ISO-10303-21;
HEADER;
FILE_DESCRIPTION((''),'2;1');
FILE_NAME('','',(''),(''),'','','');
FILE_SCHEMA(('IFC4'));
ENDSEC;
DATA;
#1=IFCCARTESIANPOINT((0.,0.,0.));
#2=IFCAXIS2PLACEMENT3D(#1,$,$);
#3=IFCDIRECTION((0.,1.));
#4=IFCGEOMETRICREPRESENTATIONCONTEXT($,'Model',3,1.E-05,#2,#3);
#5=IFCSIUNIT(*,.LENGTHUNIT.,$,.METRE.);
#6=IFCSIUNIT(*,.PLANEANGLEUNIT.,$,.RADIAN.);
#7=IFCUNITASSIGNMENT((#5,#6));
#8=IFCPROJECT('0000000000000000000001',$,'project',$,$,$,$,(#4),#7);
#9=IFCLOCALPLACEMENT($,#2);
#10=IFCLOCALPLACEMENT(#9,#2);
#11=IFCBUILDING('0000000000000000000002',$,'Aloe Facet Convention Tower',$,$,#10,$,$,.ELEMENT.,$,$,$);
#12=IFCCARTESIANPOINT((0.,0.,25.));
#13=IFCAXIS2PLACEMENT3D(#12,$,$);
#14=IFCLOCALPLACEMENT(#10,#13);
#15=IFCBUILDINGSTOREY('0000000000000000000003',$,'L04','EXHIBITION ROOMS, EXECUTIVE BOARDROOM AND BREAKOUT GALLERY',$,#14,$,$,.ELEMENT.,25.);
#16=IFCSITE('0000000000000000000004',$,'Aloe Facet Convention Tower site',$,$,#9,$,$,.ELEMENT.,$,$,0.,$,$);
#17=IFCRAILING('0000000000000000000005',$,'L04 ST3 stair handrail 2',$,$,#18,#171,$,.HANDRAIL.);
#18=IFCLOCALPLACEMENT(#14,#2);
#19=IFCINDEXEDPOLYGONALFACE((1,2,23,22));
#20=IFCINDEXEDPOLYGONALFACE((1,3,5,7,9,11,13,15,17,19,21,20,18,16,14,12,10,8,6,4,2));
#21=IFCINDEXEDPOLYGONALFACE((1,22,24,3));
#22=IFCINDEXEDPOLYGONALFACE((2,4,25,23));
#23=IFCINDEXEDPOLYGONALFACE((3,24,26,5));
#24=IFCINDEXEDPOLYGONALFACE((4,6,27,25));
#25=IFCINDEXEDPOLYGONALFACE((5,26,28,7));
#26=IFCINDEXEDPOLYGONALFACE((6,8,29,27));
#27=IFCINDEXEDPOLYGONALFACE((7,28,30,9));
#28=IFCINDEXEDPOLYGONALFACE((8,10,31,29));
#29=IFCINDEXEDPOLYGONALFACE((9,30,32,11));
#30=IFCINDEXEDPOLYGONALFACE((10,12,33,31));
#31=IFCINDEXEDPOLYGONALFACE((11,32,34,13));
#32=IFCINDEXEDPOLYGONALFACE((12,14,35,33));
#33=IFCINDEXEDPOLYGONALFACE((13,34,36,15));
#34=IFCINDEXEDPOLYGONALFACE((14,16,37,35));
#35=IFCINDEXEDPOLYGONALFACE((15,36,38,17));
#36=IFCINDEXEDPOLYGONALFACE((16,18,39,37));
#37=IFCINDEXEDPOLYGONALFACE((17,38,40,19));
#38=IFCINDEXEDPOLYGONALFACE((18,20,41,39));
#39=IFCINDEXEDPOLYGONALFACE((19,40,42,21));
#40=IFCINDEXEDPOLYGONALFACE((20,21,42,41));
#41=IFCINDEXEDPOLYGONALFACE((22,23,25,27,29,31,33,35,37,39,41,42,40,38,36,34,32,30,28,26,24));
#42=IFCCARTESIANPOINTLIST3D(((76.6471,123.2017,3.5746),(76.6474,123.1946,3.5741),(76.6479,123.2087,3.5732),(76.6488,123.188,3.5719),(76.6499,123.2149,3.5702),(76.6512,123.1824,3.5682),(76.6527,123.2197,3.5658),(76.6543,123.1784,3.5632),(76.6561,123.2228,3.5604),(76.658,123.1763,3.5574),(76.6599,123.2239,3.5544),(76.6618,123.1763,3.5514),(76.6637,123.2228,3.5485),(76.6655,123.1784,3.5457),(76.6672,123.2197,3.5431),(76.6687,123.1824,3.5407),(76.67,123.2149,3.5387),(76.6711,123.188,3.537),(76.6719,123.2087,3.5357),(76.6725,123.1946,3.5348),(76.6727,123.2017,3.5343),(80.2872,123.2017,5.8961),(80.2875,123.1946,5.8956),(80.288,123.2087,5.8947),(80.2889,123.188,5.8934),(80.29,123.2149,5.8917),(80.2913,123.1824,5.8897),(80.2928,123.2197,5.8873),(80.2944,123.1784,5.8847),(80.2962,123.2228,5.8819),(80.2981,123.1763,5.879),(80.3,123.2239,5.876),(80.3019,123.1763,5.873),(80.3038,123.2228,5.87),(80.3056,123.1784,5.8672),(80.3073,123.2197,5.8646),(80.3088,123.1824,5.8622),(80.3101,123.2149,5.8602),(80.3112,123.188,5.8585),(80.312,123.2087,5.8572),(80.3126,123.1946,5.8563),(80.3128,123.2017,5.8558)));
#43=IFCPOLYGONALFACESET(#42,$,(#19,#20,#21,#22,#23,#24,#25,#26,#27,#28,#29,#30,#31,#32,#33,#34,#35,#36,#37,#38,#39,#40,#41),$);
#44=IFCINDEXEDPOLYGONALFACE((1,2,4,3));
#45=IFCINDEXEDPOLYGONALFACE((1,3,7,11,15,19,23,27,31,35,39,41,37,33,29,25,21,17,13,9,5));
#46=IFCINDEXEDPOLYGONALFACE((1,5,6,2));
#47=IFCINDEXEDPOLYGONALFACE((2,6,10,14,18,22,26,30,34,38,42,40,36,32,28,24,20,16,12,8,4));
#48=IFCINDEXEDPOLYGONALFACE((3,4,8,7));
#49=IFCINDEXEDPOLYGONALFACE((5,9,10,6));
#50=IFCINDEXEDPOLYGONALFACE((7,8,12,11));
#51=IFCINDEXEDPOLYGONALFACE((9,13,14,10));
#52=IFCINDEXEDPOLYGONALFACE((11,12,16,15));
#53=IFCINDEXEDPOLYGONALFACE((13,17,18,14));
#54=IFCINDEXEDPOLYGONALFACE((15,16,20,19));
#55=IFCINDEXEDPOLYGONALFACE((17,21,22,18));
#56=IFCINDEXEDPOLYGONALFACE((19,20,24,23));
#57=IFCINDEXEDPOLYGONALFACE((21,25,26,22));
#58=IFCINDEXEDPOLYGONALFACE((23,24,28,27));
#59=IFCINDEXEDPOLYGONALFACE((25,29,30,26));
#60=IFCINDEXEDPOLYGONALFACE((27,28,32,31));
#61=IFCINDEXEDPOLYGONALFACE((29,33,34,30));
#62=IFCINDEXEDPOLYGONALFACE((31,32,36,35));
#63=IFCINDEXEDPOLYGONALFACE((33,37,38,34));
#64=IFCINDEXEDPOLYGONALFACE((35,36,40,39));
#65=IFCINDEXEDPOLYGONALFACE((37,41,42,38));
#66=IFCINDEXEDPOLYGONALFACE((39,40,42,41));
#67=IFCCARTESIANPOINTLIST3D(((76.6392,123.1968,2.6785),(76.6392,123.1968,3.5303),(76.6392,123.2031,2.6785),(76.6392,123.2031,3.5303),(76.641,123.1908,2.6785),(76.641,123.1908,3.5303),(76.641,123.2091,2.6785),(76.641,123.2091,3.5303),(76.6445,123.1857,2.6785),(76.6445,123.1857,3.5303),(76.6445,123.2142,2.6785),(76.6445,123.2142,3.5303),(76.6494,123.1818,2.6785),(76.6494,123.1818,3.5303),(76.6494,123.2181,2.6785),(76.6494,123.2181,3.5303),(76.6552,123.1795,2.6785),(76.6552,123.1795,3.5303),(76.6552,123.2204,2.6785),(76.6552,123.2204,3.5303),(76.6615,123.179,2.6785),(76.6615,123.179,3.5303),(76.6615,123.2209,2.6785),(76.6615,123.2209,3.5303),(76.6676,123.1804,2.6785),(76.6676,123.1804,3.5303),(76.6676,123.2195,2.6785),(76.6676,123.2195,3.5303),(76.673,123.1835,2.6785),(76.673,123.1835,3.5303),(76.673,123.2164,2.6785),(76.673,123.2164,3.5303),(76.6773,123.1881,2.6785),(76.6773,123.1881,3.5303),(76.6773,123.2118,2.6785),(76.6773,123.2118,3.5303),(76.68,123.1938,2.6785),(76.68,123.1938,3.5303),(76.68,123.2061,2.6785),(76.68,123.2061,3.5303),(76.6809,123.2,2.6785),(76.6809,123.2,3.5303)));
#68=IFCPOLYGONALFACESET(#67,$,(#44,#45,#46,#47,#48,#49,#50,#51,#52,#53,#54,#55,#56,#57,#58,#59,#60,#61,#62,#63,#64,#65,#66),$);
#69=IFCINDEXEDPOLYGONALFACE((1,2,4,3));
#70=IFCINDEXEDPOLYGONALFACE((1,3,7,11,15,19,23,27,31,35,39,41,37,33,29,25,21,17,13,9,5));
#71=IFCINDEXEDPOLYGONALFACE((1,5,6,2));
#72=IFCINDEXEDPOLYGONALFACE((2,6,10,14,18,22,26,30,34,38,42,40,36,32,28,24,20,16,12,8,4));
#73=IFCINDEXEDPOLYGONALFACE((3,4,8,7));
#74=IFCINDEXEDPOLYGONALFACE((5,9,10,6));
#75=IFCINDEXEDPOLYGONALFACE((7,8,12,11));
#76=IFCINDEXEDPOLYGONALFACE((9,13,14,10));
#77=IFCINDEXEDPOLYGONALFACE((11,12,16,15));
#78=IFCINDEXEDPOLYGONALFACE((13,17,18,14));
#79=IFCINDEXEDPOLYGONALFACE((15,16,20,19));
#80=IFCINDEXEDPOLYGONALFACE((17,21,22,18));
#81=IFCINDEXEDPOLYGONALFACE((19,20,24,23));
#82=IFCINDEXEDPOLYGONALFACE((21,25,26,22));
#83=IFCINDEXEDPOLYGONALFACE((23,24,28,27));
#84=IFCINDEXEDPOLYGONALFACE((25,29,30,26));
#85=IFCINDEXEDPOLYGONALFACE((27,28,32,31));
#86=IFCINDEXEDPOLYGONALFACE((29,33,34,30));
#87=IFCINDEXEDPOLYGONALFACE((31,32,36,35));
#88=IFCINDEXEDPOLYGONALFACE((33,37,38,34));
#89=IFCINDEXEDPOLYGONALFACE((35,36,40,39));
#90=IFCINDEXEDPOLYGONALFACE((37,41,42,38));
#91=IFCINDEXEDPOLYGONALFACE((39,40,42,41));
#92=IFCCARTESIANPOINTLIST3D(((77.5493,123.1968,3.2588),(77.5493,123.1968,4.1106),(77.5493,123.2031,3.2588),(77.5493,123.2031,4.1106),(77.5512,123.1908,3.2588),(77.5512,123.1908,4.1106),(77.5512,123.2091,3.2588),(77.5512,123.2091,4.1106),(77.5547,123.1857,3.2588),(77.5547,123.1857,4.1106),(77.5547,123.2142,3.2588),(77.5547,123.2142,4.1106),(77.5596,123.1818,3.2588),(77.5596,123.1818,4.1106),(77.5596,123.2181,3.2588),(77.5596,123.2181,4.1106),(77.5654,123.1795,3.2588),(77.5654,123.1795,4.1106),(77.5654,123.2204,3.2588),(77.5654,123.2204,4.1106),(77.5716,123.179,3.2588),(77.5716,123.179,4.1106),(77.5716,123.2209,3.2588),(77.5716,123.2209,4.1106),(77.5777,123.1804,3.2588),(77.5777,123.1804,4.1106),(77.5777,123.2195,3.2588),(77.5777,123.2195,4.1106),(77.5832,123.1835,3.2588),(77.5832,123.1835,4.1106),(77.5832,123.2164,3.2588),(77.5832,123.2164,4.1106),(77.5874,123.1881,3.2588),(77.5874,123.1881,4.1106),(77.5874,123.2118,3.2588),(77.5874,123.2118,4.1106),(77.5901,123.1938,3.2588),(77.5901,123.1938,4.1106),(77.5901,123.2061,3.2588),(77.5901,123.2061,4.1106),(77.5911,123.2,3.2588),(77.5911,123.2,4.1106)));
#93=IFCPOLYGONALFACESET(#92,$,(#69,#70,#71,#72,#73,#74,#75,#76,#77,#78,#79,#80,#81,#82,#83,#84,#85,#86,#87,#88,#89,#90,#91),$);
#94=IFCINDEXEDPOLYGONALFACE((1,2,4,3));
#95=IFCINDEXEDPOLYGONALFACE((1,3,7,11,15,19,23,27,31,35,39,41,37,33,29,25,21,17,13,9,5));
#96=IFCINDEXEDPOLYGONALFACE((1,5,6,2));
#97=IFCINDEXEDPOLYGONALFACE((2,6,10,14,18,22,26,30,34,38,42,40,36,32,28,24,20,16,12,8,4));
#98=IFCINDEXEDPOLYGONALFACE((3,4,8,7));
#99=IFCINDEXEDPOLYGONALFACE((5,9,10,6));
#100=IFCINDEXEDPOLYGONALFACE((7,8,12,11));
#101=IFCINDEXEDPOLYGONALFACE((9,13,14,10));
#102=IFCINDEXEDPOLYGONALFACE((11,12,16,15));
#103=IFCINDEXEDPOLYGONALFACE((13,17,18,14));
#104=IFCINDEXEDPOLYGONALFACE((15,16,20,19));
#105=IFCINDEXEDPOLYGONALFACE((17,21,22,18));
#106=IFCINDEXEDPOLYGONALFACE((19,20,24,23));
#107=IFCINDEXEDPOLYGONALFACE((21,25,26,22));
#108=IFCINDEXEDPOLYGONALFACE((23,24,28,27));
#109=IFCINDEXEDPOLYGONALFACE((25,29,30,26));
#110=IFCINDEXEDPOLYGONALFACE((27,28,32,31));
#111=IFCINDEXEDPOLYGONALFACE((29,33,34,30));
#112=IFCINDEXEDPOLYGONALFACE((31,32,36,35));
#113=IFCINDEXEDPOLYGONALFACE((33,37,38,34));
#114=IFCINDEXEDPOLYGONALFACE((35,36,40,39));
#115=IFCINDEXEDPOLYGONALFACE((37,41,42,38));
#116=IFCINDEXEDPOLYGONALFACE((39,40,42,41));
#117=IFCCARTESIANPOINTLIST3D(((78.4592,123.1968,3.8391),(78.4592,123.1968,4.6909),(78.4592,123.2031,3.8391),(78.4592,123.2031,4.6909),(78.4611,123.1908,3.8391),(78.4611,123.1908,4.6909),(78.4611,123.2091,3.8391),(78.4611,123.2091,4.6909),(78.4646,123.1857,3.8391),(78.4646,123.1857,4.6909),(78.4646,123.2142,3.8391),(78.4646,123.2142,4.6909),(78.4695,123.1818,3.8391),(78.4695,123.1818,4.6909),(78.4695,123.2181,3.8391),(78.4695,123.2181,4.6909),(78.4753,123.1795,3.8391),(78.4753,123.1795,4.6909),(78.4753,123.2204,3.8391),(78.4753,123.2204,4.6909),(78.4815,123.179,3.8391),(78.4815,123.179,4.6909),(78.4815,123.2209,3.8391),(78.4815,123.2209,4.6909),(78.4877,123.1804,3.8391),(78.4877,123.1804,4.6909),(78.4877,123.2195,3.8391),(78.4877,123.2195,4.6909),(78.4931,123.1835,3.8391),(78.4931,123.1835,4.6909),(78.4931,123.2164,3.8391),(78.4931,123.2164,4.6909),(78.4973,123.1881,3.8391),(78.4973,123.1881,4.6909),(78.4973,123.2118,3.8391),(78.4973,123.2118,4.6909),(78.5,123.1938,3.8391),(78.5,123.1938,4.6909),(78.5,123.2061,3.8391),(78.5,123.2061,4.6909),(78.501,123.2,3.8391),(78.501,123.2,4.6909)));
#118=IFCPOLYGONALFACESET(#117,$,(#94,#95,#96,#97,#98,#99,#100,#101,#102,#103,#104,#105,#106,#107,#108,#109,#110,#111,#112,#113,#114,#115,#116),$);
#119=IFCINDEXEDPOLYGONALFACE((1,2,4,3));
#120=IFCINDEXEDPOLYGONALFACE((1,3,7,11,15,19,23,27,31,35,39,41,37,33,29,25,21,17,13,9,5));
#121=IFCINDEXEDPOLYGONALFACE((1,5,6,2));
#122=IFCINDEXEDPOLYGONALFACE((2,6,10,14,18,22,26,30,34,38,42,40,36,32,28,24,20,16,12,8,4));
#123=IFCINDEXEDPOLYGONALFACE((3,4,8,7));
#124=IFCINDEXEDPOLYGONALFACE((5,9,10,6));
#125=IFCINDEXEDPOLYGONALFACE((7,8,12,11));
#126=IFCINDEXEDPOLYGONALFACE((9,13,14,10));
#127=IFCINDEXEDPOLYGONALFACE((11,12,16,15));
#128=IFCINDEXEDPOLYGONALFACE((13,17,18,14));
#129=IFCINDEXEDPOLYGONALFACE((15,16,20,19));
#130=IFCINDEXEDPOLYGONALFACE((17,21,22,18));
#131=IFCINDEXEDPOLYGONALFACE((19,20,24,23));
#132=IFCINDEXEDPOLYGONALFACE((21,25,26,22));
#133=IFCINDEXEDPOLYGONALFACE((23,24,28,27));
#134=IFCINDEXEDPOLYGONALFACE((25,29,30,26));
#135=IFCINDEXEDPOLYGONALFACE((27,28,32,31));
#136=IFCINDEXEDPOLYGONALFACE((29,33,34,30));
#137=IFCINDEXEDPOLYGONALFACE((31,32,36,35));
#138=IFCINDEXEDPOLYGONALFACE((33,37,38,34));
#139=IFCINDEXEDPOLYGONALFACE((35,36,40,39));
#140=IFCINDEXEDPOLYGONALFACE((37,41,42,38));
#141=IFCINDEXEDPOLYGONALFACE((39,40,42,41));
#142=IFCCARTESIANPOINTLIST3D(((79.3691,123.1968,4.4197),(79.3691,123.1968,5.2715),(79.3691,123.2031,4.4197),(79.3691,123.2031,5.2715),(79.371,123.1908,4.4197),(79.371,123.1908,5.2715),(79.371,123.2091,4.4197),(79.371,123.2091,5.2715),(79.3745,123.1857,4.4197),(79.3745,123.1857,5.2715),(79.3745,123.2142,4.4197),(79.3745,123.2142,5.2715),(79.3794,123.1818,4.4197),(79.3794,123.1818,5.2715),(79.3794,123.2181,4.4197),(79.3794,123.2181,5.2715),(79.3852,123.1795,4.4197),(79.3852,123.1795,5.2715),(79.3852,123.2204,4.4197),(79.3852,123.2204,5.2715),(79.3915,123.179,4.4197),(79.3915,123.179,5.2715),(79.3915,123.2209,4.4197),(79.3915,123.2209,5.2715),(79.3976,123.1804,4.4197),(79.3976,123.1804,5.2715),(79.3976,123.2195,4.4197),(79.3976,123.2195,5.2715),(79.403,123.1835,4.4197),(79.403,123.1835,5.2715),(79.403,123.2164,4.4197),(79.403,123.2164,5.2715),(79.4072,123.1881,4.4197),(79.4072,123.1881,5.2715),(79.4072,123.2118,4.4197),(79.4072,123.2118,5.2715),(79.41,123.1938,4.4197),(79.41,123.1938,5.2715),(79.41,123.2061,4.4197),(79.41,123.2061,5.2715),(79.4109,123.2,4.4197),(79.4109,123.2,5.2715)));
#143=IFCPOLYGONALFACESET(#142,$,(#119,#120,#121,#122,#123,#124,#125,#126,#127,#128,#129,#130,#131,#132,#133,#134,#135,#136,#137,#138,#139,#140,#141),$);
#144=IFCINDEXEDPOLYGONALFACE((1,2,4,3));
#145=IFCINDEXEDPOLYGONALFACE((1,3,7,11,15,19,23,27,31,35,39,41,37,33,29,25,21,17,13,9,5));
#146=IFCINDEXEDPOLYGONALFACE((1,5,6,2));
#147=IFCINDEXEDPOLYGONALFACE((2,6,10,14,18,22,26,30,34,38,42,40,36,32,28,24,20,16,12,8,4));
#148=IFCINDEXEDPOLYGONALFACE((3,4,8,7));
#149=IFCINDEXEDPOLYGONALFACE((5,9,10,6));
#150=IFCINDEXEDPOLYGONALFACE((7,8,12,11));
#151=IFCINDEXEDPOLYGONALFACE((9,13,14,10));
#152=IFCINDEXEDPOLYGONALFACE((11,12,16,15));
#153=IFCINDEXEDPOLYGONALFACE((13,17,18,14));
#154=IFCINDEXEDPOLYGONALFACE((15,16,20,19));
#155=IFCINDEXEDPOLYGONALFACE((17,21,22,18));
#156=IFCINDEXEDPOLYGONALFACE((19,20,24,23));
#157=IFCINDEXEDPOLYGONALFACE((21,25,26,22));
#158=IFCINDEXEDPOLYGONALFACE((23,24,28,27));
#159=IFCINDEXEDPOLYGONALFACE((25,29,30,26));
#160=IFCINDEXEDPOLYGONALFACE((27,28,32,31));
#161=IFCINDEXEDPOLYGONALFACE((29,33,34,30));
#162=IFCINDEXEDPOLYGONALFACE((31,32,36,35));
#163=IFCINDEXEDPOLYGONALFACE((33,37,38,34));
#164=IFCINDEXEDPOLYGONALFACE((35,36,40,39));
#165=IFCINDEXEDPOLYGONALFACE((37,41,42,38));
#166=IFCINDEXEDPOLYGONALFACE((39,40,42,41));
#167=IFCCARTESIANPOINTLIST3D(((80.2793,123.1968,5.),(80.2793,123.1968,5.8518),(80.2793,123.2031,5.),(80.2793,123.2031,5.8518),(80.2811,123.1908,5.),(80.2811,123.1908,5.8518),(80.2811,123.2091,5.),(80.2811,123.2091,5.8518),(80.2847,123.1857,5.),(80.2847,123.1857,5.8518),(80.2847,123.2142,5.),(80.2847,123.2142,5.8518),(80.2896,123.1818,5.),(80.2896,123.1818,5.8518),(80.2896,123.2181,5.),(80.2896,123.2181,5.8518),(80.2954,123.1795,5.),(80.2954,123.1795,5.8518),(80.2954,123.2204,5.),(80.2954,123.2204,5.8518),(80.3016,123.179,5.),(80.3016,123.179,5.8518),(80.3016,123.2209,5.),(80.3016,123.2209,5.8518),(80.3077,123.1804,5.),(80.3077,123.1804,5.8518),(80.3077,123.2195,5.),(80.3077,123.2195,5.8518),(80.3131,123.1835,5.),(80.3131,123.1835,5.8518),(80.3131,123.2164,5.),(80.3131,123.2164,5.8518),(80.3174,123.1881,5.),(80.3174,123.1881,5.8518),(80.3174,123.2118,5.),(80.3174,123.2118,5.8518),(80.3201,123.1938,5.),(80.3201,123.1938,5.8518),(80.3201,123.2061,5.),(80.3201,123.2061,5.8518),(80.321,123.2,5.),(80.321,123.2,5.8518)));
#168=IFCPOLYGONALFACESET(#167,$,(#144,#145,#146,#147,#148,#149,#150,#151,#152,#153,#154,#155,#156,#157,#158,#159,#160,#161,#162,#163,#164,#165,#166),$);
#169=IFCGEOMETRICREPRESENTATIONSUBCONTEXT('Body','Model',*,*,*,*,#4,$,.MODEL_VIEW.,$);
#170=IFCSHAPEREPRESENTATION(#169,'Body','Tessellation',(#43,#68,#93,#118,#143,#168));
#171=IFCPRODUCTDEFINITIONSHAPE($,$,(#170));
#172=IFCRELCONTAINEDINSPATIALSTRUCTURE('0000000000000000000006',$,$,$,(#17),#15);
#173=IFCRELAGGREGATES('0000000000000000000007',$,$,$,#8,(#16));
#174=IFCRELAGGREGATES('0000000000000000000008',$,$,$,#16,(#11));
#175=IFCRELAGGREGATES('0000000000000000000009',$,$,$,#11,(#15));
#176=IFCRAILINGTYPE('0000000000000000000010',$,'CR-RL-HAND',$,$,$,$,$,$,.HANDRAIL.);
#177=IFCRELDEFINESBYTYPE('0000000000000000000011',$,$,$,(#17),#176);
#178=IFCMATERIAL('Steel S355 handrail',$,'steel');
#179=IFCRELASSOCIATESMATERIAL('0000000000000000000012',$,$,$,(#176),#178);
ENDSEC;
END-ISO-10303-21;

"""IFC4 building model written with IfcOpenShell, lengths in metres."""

from ifc_helpers import new_model, si_unit, direction, frame, origin, origin_2d, place, context, subcontext, project, spatial, circle, extrude, material, type_object, element, save


model = new_model("IFC4")

# Units and contexts
model_context = context("Model", 3, precision=1e-05, world=origin(), true_north=direction((0.0, 1.0)))
body_context = subcontext(model_context, "Body", "Model", "MODEL_VIEW")
ifc_project = project(units=[si_unit("LENGTHUNIT", "METRE"), si_unit("PLANEANGLEUNIT", "RADIAN")], contexts=[model_context])

# Site, building, storey
site_placement = place(None, origin())
site = spatial("IfcSite", under=ifc_project, at=site_placement, Name="Aloe Facet Convention Tower site", CompositionType="ELEMENT", RefElevation=0.0)
building_placement = place(site_placement, origin())
building = spatial("IfcBuilding", under=site, at=building_placement, Name="Aloe Facet Convention Tower", CompositionType="ELEMENT")
storey_placement = place(building_placement, frame((0.0, 0.0, 25.0)))
storey = spatial("IfcBuildingStorey", under=building, at=storey_placement, Name="L04", Description="EXHIBITION ROOMS, EXECUTIVE BOARDROOM AND BREAKOUT GALLERY", CompositionType="ELEMENT", Elevation=25.0)

# Railing
ifc_material_1 = material(Name="Steel S355 handrail", Category="steel")
railing_type_1 = type_object("IfcRailingType", Name="CR-RL-HAND", PredefinedType="HANDRAIL", material=ifc_material_1)
railing_1_placement = place(storey_placement, frame((76.6599, 123.2, 2.6785)))
element("IfcRailing", 1, at=railing_1_placement, inside=storey, type_object=railing_type_1, Name="L04 ST3 stair handrail 2", PredefinedType="HANDRAIL", context=body_context, shape_type="SweptSolid", body=[
    extrude(circle(Radius=0.0239, at=origin_2d()), frame((0.0, 0.0, 0.876), z_axis=(0.843128, 0.0, 0.537713), x_axis=(0.0, 1.0, 0.0)), (0.0, 0.0, 1.0), 4.3174),
    extrude(circle(Radius=0.021, at=origin_2d()), origin(), (0.0, 0.0, 1.0), 0.8518),
    extrude(circle(Radius=0.021, at=origin_2d()), frame((0.9102, 0.0, 0.5803)), (0.0, 0.0, 1.0), 0.8518),
    extrude(circle(Radius=0.021, at=origin_2d()), frame((1.8201, 0.0, 1.1606)), (0.0, 0.0, 1.0), 0.8518),
    extrude(circle(Radius=0.021, at=origin_2d()), frame((2.73, 0.0, 1.7412)), (0.0, 0.0, 1.0), 0.8518),
    extrude(circle(Radius=0.021, at=origin_2d()), frame((3.6401, 0.0, 2.3215)), (0.0, 0.0, 1.0), 0.8518),
])

save(model, "model.ifc")
